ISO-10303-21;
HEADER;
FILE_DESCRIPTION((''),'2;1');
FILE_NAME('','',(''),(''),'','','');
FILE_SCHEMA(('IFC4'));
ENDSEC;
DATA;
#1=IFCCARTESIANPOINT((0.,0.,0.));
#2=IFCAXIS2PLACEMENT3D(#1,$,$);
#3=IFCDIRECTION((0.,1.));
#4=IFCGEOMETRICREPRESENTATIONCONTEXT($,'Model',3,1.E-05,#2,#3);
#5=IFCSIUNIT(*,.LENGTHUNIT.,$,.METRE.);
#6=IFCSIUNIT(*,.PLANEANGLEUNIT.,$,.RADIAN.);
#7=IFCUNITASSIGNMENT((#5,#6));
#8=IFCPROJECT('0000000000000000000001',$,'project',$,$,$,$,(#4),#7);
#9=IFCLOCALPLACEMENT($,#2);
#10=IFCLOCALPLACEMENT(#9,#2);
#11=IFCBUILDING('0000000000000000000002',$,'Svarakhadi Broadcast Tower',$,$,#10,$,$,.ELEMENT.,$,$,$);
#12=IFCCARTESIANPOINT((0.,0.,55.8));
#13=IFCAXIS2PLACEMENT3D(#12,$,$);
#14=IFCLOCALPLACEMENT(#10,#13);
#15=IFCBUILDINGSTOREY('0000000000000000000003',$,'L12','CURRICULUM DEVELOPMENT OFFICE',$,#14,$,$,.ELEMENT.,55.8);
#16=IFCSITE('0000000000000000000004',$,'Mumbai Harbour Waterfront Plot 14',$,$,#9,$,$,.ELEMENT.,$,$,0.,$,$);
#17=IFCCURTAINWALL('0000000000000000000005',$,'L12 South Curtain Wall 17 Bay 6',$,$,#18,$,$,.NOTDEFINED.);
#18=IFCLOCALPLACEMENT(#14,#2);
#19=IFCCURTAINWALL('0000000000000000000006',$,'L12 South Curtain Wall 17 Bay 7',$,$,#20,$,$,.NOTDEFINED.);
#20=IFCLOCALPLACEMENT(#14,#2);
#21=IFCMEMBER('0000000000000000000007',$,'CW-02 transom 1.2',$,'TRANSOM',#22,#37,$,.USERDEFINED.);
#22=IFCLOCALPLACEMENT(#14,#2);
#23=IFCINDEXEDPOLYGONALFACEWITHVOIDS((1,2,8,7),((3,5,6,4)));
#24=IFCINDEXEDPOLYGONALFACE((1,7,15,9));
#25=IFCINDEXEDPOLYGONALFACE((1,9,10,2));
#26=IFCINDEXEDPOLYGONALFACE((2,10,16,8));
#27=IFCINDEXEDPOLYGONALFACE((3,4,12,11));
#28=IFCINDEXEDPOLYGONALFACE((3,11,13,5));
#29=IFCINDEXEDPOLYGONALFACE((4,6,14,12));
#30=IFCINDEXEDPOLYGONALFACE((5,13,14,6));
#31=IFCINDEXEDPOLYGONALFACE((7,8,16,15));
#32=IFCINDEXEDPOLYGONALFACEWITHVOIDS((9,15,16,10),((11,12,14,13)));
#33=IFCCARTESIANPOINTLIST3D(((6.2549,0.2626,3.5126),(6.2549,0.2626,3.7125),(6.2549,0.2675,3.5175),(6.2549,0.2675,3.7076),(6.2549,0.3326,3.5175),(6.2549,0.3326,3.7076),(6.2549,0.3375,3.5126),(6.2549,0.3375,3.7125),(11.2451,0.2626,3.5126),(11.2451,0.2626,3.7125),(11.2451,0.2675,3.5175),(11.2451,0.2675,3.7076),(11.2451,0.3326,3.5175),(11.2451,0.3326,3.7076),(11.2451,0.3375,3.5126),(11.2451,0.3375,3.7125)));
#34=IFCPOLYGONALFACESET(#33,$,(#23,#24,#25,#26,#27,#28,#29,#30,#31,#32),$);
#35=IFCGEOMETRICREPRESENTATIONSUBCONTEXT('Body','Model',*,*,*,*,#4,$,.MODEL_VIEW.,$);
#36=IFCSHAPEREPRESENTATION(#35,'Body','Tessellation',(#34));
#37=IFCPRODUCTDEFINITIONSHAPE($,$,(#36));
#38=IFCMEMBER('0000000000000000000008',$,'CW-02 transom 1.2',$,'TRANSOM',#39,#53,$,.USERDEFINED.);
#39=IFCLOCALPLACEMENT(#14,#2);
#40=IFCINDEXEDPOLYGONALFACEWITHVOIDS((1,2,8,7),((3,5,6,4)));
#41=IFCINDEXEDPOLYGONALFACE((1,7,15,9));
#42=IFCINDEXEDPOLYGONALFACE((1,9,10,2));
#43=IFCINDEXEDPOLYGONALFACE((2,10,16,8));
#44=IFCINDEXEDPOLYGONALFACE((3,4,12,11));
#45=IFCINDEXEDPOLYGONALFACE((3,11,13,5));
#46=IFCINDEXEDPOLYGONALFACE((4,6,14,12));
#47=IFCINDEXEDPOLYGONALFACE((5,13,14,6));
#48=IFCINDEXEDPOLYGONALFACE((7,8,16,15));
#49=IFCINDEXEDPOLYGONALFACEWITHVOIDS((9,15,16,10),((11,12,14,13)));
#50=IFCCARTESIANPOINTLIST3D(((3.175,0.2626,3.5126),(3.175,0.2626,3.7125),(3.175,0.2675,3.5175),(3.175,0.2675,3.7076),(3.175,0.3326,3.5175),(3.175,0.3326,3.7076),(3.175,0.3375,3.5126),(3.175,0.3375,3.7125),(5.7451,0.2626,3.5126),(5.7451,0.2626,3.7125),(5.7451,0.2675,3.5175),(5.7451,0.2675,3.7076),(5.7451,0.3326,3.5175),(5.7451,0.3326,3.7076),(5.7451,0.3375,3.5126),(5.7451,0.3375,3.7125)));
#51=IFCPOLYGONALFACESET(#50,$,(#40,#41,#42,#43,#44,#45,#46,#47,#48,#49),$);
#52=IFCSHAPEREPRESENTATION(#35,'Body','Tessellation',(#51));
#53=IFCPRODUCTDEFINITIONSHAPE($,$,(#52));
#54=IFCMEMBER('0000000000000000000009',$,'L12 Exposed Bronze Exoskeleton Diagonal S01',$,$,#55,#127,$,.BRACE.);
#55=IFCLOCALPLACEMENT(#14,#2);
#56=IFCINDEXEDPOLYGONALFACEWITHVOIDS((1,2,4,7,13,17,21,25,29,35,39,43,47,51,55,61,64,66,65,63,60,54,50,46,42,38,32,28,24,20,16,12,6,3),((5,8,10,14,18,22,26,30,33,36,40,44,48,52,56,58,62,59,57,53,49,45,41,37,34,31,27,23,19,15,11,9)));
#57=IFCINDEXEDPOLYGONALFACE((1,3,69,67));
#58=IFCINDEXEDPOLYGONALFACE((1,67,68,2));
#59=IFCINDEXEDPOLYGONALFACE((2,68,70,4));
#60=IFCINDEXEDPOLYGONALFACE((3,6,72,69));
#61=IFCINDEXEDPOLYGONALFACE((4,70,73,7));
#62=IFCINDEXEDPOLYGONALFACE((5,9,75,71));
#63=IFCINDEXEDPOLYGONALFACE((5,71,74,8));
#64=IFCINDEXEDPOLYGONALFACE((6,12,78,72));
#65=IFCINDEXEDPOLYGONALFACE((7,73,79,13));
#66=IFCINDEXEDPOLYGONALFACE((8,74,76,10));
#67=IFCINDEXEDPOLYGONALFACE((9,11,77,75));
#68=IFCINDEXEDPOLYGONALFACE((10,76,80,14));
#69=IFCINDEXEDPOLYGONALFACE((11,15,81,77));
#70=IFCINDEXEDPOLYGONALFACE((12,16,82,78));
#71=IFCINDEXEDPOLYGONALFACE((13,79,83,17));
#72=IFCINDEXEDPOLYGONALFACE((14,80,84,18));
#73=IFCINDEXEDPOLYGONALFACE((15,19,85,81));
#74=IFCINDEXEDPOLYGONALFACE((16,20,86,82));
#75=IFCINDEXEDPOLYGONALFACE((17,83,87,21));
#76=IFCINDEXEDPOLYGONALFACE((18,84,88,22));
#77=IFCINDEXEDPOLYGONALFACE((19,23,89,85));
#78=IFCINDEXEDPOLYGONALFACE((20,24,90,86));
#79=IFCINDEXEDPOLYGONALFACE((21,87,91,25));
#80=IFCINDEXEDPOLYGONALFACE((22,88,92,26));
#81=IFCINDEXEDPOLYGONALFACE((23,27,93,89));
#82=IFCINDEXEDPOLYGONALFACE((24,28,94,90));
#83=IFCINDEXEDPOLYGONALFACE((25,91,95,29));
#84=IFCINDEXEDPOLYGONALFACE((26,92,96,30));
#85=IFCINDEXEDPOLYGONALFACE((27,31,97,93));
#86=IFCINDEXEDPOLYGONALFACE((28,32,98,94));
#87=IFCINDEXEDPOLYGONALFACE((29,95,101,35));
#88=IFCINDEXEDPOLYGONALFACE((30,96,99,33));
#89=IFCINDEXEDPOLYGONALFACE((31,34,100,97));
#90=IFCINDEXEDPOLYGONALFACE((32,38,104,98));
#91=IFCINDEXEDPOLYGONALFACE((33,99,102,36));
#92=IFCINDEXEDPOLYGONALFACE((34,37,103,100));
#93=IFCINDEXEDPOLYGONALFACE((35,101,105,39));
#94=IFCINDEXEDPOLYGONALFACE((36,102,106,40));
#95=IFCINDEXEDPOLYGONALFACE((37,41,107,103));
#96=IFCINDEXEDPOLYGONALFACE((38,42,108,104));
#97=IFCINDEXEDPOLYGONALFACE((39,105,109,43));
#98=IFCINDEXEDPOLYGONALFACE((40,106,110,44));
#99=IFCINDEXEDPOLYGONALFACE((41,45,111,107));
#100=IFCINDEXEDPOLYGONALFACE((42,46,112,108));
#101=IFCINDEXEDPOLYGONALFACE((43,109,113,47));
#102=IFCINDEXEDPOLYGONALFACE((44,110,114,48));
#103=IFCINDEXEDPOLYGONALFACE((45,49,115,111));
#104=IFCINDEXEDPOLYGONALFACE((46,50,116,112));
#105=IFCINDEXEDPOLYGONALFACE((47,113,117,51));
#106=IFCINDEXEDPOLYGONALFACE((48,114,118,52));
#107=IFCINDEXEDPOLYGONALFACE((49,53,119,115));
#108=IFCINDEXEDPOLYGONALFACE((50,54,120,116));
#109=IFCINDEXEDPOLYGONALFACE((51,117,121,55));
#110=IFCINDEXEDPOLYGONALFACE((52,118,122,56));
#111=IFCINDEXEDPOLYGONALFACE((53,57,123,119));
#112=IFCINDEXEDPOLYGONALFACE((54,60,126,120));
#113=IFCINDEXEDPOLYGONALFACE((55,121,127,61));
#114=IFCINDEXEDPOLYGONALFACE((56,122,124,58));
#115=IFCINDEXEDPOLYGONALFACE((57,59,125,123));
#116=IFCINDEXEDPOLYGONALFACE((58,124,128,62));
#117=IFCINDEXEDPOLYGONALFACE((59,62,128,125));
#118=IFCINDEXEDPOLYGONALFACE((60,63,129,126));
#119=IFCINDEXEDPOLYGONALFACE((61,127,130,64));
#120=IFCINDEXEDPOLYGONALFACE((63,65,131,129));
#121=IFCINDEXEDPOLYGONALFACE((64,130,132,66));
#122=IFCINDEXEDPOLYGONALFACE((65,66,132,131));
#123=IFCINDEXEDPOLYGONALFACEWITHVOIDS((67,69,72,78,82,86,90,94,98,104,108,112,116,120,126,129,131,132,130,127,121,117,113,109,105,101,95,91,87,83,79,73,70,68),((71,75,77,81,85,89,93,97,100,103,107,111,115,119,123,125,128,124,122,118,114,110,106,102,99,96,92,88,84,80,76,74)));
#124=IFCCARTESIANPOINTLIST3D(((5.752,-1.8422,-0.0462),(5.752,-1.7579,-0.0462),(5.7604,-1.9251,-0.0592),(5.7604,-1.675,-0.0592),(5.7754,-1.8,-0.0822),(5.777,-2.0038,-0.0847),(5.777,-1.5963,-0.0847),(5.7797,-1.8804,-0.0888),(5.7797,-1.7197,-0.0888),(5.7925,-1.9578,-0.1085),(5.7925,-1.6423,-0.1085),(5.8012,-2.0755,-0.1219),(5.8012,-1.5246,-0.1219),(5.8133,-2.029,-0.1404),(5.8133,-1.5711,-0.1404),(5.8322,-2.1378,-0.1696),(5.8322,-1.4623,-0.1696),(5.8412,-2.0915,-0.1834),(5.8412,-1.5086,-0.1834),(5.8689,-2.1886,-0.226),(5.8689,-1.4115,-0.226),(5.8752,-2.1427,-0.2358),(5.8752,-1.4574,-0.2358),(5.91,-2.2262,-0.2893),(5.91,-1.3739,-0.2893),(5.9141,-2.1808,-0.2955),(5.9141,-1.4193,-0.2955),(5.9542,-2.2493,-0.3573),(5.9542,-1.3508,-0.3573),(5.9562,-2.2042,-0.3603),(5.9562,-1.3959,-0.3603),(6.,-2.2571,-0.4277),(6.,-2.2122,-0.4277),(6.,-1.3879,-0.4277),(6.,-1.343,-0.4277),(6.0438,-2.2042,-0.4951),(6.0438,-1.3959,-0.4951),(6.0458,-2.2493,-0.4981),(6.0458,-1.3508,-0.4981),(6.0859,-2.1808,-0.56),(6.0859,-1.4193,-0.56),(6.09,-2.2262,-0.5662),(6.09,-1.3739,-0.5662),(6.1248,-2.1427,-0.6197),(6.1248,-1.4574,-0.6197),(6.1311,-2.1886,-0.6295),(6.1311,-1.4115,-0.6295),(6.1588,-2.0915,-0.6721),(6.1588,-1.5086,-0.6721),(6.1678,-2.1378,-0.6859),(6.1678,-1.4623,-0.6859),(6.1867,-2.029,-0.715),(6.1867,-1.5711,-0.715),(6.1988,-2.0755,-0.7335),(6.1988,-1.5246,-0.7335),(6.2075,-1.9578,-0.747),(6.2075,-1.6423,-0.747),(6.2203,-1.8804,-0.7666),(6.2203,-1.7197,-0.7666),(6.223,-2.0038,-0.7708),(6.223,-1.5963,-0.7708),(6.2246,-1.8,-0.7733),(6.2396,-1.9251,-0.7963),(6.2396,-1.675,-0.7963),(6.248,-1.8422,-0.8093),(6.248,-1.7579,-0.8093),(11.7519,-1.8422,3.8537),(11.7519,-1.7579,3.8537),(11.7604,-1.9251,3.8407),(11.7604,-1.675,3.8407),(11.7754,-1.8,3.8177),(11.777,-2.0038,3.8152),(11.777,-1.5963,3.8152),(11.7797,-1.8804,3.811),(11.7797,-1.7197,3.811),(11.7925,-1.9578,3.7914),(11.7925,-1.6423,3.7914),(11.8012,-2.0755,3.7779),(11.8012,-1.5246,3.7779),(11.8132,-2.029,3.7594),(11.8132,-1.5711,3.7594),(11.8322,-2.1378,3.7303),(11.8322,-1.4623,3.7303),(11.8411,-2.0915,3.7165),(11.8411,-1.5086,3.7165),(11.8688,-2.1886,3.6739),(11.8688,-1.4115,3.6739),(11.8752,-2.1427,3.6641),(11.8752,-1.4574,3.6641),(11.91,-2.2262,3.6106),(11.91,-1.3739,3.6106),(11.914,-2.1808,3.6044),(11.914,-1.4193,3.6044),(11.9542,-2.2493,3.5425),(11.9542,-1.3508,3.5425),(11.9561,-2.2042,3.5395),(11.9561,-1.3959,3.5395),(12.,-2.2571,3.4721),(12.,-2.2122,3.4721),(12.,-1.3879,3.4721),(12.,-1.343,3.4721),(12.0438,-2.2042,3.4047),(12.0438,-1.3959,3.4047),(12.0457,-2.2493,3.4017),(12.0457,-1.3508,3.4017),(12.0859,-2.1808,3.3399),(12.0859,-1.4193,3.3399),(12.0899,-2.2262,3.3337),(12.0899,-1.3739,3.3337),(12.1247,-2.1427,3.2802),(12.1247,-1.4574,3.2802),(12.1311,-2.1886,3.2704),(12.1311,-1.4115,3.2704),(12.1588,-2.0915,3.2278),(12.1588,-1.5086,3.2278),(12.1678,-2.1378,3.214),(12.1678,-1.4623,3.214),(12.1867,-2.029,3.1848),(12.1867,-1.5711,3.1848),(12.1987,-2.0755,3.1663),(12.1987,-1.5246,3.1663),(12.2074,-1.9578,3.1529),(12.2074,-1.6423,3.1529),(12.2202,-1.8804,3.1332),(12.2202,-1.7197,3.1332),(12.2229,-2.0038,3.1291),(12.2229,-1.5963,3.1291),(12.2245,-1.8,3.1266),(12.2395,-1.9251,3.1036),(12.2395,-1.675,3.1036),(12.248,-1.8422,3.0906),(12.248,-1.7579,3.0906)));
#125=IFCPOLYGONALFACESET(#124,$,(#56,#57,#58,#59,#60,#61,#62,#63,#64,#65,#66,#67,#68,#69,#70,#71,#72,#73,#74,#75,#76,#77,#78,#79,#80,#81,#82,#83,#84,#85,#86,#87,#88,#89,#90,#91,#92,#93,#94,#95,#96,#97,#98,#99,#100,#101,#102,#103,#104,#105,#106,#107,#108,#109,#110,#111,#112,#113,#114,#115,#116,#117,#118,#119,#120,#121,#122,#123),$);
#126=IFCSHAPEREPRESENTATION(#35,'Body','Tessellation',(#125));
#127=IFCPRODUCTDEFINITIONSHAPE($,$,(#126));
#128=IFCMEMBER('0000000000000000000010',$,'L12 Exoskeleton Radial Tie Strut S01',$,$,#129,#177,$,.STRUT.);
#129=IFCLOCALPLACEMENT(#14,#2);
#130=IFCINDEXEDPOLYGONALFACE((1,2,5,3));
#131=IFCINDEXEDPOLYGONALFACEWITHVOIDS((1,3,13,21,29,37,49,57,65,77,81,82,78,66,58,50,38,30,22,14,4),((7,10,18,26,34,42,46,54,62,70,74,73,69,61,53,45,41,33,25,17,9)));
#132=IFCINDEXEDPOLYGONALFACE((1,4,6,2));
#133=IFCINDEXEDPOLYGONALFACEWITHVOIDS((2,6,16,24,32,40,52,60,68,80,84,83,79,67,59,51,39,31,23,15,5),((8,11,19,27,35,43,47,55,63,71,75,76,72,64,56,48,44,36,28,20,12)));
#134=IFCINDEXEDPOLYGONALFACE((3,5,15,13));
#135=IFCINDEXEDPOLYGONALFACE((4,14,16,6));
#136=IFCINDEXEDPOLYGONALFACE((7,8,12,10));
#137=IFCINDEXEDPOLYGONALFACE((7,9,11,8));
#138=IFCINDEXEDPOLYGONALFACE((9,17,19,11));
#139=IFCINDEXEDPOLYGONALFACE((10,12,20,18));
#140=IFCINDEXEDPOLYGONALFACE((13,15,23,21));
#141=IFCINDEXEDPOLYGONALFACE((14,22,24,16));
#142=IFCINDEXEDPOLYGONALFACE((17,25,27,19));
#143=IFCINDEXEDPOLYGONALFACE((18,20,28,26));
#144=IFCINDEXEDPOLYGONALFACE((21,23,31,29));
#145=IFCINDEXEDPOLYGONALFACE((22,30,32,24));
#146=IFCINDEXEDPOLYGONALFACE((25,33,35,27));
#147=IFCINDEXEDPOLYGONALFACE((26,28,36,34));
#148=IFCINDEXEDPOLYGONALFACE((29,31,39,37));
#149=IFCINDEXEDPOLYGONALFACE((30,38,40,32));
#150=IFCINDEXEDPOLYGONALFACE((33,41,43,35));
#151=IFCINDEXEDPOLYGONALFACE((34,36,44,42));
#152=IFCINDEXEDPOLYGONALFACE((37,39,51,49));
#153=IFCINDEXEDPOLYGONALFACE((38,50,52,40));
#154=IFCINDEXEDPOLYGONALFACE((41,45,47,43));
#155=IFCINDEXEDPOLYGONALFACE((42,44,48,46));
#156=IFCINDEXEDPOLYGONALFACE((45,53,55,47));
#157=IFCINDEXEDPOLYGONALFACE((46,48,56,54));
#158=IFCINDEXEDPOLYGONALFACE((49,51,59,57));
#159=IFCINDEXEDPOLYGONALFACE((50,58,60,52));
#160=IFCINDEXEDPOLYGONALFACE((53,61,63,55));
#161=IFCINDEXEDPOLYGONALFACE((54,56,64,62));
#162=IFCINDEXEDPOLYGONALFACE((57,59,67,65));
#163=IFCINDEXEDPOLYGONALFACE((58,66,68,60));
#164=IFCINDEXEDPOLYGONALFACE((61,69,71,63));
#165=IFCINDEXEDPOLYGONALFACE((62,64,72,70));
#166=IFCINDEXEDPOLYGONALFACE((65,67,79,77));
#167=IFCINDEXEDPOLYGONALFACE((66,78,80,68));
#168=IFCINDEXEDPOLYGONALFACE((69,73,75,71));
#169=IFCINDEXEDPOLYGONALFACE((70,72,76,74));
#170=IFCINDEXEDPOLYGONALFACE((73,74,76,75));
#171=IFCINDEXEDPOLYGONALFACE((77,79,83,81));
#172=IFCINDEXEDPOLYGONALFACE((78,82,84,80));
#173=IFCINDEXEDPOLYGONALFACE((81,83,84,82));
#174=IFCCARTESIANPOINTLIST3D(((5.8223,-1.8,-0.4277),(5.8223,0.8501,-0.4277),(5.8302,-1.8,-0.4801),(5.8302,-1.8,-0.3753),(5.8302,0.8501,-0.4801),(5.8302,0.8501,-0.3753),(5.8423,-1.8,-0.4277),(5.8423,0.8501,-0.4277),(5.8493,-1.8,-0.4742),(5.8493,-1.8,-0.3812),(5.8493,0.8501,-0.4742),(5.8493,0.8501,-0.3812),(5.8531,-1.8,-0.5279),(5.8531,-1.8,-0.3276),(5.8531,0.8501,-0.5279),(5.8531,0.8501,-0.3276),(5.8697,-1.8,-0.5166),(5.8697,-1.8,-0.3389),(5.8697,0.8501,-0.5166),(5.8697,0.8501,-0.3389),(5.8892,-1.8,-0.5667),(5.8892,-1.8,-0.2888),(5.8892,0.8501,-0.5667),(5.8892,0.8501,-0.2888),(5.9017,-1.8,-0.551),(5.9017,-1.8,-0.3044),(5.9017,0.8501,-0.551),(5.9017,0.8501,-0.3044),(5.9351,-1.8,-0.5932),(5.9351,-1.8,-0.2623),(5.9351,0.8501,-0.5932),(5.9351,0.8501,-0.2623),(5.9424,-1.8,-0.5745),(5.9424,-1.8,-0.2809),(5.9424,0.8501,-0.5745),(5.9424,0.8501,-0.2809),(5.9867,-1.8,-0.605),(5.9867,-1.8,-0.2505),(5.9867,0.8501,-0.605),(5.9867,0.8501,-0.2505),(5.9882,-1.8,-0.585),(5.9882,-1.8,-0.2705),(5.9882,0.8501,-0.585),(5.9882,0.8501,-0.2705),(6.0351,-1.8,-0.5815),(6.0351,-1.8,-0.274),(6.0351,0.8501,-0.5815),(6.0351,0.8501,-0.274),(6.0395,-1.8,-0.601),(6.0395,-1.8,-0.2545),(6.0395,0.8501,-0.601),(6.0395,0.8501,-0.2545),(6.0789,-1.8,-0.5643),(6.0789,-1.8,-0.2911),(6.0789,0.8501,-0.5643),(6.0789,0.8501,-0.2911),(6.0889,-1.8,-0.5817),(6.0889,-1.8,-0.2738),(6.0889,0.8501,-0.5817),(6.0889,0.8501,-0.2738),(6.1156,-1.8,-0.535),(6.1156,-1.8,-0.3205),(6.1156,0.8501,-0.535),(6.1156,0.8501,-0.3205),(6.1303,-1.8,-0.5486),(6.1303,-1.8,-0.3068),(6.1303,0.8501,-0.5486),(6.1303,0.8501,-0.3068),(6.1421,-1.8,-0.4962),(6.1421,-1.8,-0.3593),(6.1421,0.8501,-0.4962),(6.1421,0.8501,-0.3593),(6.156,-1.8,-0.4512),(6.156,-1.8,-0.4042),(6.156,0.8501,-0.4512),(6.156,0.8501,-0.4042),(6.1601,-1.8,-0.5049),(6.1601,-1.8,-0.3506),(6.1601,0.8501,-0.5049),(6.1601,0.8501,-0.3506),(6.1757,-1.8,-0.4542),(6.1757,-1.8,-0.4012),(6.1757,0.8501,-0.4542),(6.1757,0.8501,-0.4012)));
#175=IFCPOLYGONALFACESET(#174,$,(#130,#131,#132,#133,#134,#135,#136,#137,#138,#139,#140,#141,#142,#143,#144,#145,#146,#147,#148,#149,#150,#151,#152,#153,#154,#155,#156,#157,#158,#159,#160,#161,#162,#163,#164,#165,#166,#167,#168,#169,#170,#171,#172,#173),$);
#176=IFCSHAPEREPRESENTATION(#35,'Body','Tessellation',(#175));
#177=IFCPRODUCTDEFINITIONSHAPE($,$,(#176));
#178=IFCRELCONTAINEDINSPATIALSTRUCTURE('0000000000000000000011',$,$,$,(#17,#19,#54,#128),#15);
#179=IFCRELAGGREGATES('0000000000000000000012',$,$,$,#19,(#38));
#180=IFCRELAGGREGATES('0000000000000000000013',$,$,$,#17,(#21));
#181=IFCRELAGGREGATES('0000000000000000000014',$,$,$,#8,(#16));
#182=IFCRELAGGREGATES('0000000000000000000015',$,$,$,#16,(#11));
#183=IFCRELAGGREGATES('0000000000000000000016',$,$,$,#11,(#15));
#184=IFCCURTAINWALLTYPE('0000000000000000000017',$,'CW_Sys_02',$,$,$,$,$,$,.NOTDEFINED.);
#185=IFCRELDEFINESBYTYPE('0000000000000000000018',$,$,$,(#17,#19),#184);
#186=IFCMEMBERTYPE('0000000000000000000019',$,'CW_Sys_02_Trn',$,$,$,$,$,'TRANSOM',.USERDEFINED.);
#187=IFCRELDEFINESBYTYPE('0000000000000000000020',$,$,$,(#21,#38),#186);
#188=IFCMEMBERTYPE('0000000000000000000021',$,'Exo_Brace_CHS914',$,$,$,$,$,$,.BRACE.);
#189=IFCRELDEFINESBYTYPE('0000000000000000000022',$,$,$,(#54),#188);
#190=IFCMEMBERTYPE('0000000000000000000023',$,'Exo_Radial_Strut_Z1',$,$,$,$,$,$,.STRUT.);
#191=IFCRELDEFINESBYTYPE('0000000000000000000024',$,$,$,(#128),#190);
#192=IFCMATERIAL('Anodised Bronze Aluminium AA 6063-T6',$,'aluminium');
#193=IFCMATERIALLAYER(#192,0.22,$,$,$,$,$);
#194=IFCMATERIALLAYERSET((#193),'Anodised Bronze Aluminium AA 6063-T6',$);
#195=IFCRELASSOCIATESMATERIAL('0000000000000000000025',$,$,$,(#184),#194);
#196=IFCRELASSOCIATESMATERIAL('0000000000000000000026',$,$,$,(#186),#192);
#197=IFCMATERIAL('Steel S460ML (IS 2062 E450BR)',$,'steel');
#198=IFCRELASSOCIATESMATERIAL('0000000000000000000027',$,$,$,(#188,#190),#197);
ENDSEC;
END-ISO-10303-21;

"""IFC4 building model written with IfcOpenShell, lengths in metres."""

from ifc_helpers import new_model, si_unit, direction, frame, origin, origin_2d, place, context, subcontext, project, spatial, hollow_rectangle, hollow_circle, extrude, material, layer, layer_set, material_profile, profile_set, type_object, element, aggregate, save


model = new_model("IFC4")

# Units and contexts
model_context = context("Model", 3, precision=1e-05, world=origin(), true_north=direction((0.0, 1.0)))
body_context = subcontext(model_context, "Body", "Model", "MODEL_VIEW")
ifc_project = project(units=[si_unit("LENGTHUNIT", "METRE"), si_unit("PLANEANGLEUNIT", "RADIAN")], contexts=[model_context])

# Site, building, storey
site_placement = place(None, origin())
site = spatial("IfcSite", under=ifc_project, at=site_placement, Name="Mumbai Harbour Waterfront Plot 14", CompositionType="ELEMENT", RefElevation=0.0)
building_placement = place(site_placement, origin())
building = spatial("IfcBuilding", under=site, at=building_placement, Name="Svarakhadi Broadcast Tower", CompositionType="ELEMENT")
storey_placement = place(building_placement, frame((0.0, 0.0, 55.8)))
storey = spatial("IfcBuildingStorey", under=building, at=storey_placement, Name="L12", Description="CURRICULUM DEVELOPMENT OFFICE", CompositionType="ELEMENT", Elevation=55.8)

# Shared definitions
ifc_material_1 = material(Name="Steel S460ML (IS 2062 E450BR)", Category="steel")

# Curtain wall
ifc_material_2 = material(Name="Anodised Bronze Aluminium AA 6063-T6", Category="aluminium")
ifc_layer_1 = layer(ifc_material_2, 0.22)
ifc_layer_set_1 = layer_set([ifc_layer_1], Name="Anodised Bronze Aluminium AA 6063-T6")
curtain_wall_type = type_object("IfcCurtainWallType", Name="CW_Sys_02", PredefinedType="NOTDEFINED", material=ifc_layer_set_1)
curtain_wall_1_placement = place(storey_placement, origin())
curtain_wall_1 = element("IfcCurtainWall", 1, at=curtain_wall_1_placement, inside=storey, type_object=curtain_wall_type, Name="L12 South Curtain Wall 17 Bay 6", PredefinedType="NOTDEFINED")

# Curtain wall
curtain_wall_2_placement = place(storey_placement, origin())
curtain_wall_2 = element("IfcCurtainWall", 2, at=curtain_wall_2_placement, inside=storey, type_object=curtain_wall_type, Name="L12 South Curtain Wall 17 Bay 7", PredefinedType="NOTDEFINED")

# Members
ifc_material_profile_1 = material_profile(ifc_material_2, hollow_rectangle(XDim=0.075, YDim=0.2, WallThickness=0.0049, at=origin_2d()), Name="ALU TRANSOM 200x75x5")
ifc_profile_set_1 = profile_set([ifc_material_profile_1], Name="Anodised Bronze Aluminium AA 6063-T6")
member_type_1 = type_object("IfcMemberType", Name="CW_Sys_02_Trn", ElementType="TRANSOM", PredefinedType="USERDEFINED", material=ifc_profile_set_1)
member_1_placement = place(storey_placement, frame((11.2451, 0.3, 3.6125), z_axis=(-1.0, 0.0, 0.0), x_axis=(0.0, -1.0, 0.0)))
member_1 = element("IfcMember", 3, at=member_1_placement, type_object=member_type_1, Name="CW-02 transom 1.2", ObjectType="TRANSOM", PredefinedType="USERDEFINED", context=body_context, shape_type="SweptSolid", body=[
    extrude(hollow_rectangle(XDim=0.075, YDim=0.2, WallThickness=0.0049, at=origin_2d()), origin(), (0.0, 0.0, 1.0), 4.9902),
])
member_2_placement = place(storey_placement, frame((5.7451, 0.3, 3.6125), z_axis=(-1.0, 0.0, 0.0), x_axis=(0.0, -1.0, 0.0)))
member_2 = element("IfcMember", 4, at=member_2_placement, type_object=member_type_1, Name="CW-02 transom 1.2", ObjectType="TRANSOM", PredefinedType="USERDEFINED", context=body_context, shape_type="SweptSolid", body=[
    extrude(hollow_rectangle(XDim=0.075, YDim=0.2, WallThickness=0.0049, at=origin_2d()), origin(), (0.0, 0.0, 1.0), 2.5701),
])
aggregate(curtain_wall_2, [member_2])

# Members
ifc_material_profile_2 = material_profile(ifc_material_1, hollow_circle(Radius=0.457, WallThickness=0.0449, at=origin_2d()), Name="CHS 914x45")
ifc_profile_set_2 = profile_set([ifc_material_profile_2], Name="Steel S460ML (IS 2062 E450BR)")
member_type_2 = type_object("IfcMemberType", Name="Exo_Brace_CHS914", PredefinedType="BRACE", material=ifc_profile_set_2)
member_3_placement = place(storey_placement, frame((6.0, -1.8, -0.4277), z_axis=(0.83845, 0.0, 0.544979), x_axis=(0.0, 1.0, 0.0)))
element("IfcMember", 5, at=member_3_placement, inside=storey, type_object=member_type_2, Name="L12 Exposed Bronze Exoskeleton Diagonal S01", PredefinedType="BRACE", context=body_context, shape_type="SweptSolid", body=[
    extrude(hollow_circle(Radius=0.457, WallThickness=0.0449, at=origin_2d()), origin(), (0.0, 0.0, 1.0), 7.156),
])
ifc_material_profile_3 = material_profile(ifc_material_1, hollow_circle(Radius=0.1777, WallThickness=0.02, at=origin_2d()), Name="CHS 355.6x20")
ifc_profile_set_3 = profile_set([ifc_material_profile_3], Name="Steel S460ML (IS 2062 E450BR)")
member_type_3 = type_object("IfcMemberType", Name="Exo_Radial_Strut_Z1", PredefinedType="STRUT", material=ifc_profile_set_3)
member_4_placement = place(storey_placement, frame((6.0, -1.8, -0.4277), z_axis=(0.0, 1.0, 0.0), x_axis=(-1.0, 0.0, 0.0)))
element("IfcMember", 6, at=member_4_placement, inside=storey, type_object=member_type_3, Name="L12 Exoskeleton Radial Tie Strut S01", PredefinedType="STRUT", context=body_context, shape_type="SweptSolid", body=[
    extrude(hollow_circle(Radius=0.1777, WallThickness=0.02, at=origin_2d()), origin(), (0.0, 0.0, 1.0), 2.6501),
])

aggregate(curtain_wall_1, [member_1])

save(model, "model.ifc")
